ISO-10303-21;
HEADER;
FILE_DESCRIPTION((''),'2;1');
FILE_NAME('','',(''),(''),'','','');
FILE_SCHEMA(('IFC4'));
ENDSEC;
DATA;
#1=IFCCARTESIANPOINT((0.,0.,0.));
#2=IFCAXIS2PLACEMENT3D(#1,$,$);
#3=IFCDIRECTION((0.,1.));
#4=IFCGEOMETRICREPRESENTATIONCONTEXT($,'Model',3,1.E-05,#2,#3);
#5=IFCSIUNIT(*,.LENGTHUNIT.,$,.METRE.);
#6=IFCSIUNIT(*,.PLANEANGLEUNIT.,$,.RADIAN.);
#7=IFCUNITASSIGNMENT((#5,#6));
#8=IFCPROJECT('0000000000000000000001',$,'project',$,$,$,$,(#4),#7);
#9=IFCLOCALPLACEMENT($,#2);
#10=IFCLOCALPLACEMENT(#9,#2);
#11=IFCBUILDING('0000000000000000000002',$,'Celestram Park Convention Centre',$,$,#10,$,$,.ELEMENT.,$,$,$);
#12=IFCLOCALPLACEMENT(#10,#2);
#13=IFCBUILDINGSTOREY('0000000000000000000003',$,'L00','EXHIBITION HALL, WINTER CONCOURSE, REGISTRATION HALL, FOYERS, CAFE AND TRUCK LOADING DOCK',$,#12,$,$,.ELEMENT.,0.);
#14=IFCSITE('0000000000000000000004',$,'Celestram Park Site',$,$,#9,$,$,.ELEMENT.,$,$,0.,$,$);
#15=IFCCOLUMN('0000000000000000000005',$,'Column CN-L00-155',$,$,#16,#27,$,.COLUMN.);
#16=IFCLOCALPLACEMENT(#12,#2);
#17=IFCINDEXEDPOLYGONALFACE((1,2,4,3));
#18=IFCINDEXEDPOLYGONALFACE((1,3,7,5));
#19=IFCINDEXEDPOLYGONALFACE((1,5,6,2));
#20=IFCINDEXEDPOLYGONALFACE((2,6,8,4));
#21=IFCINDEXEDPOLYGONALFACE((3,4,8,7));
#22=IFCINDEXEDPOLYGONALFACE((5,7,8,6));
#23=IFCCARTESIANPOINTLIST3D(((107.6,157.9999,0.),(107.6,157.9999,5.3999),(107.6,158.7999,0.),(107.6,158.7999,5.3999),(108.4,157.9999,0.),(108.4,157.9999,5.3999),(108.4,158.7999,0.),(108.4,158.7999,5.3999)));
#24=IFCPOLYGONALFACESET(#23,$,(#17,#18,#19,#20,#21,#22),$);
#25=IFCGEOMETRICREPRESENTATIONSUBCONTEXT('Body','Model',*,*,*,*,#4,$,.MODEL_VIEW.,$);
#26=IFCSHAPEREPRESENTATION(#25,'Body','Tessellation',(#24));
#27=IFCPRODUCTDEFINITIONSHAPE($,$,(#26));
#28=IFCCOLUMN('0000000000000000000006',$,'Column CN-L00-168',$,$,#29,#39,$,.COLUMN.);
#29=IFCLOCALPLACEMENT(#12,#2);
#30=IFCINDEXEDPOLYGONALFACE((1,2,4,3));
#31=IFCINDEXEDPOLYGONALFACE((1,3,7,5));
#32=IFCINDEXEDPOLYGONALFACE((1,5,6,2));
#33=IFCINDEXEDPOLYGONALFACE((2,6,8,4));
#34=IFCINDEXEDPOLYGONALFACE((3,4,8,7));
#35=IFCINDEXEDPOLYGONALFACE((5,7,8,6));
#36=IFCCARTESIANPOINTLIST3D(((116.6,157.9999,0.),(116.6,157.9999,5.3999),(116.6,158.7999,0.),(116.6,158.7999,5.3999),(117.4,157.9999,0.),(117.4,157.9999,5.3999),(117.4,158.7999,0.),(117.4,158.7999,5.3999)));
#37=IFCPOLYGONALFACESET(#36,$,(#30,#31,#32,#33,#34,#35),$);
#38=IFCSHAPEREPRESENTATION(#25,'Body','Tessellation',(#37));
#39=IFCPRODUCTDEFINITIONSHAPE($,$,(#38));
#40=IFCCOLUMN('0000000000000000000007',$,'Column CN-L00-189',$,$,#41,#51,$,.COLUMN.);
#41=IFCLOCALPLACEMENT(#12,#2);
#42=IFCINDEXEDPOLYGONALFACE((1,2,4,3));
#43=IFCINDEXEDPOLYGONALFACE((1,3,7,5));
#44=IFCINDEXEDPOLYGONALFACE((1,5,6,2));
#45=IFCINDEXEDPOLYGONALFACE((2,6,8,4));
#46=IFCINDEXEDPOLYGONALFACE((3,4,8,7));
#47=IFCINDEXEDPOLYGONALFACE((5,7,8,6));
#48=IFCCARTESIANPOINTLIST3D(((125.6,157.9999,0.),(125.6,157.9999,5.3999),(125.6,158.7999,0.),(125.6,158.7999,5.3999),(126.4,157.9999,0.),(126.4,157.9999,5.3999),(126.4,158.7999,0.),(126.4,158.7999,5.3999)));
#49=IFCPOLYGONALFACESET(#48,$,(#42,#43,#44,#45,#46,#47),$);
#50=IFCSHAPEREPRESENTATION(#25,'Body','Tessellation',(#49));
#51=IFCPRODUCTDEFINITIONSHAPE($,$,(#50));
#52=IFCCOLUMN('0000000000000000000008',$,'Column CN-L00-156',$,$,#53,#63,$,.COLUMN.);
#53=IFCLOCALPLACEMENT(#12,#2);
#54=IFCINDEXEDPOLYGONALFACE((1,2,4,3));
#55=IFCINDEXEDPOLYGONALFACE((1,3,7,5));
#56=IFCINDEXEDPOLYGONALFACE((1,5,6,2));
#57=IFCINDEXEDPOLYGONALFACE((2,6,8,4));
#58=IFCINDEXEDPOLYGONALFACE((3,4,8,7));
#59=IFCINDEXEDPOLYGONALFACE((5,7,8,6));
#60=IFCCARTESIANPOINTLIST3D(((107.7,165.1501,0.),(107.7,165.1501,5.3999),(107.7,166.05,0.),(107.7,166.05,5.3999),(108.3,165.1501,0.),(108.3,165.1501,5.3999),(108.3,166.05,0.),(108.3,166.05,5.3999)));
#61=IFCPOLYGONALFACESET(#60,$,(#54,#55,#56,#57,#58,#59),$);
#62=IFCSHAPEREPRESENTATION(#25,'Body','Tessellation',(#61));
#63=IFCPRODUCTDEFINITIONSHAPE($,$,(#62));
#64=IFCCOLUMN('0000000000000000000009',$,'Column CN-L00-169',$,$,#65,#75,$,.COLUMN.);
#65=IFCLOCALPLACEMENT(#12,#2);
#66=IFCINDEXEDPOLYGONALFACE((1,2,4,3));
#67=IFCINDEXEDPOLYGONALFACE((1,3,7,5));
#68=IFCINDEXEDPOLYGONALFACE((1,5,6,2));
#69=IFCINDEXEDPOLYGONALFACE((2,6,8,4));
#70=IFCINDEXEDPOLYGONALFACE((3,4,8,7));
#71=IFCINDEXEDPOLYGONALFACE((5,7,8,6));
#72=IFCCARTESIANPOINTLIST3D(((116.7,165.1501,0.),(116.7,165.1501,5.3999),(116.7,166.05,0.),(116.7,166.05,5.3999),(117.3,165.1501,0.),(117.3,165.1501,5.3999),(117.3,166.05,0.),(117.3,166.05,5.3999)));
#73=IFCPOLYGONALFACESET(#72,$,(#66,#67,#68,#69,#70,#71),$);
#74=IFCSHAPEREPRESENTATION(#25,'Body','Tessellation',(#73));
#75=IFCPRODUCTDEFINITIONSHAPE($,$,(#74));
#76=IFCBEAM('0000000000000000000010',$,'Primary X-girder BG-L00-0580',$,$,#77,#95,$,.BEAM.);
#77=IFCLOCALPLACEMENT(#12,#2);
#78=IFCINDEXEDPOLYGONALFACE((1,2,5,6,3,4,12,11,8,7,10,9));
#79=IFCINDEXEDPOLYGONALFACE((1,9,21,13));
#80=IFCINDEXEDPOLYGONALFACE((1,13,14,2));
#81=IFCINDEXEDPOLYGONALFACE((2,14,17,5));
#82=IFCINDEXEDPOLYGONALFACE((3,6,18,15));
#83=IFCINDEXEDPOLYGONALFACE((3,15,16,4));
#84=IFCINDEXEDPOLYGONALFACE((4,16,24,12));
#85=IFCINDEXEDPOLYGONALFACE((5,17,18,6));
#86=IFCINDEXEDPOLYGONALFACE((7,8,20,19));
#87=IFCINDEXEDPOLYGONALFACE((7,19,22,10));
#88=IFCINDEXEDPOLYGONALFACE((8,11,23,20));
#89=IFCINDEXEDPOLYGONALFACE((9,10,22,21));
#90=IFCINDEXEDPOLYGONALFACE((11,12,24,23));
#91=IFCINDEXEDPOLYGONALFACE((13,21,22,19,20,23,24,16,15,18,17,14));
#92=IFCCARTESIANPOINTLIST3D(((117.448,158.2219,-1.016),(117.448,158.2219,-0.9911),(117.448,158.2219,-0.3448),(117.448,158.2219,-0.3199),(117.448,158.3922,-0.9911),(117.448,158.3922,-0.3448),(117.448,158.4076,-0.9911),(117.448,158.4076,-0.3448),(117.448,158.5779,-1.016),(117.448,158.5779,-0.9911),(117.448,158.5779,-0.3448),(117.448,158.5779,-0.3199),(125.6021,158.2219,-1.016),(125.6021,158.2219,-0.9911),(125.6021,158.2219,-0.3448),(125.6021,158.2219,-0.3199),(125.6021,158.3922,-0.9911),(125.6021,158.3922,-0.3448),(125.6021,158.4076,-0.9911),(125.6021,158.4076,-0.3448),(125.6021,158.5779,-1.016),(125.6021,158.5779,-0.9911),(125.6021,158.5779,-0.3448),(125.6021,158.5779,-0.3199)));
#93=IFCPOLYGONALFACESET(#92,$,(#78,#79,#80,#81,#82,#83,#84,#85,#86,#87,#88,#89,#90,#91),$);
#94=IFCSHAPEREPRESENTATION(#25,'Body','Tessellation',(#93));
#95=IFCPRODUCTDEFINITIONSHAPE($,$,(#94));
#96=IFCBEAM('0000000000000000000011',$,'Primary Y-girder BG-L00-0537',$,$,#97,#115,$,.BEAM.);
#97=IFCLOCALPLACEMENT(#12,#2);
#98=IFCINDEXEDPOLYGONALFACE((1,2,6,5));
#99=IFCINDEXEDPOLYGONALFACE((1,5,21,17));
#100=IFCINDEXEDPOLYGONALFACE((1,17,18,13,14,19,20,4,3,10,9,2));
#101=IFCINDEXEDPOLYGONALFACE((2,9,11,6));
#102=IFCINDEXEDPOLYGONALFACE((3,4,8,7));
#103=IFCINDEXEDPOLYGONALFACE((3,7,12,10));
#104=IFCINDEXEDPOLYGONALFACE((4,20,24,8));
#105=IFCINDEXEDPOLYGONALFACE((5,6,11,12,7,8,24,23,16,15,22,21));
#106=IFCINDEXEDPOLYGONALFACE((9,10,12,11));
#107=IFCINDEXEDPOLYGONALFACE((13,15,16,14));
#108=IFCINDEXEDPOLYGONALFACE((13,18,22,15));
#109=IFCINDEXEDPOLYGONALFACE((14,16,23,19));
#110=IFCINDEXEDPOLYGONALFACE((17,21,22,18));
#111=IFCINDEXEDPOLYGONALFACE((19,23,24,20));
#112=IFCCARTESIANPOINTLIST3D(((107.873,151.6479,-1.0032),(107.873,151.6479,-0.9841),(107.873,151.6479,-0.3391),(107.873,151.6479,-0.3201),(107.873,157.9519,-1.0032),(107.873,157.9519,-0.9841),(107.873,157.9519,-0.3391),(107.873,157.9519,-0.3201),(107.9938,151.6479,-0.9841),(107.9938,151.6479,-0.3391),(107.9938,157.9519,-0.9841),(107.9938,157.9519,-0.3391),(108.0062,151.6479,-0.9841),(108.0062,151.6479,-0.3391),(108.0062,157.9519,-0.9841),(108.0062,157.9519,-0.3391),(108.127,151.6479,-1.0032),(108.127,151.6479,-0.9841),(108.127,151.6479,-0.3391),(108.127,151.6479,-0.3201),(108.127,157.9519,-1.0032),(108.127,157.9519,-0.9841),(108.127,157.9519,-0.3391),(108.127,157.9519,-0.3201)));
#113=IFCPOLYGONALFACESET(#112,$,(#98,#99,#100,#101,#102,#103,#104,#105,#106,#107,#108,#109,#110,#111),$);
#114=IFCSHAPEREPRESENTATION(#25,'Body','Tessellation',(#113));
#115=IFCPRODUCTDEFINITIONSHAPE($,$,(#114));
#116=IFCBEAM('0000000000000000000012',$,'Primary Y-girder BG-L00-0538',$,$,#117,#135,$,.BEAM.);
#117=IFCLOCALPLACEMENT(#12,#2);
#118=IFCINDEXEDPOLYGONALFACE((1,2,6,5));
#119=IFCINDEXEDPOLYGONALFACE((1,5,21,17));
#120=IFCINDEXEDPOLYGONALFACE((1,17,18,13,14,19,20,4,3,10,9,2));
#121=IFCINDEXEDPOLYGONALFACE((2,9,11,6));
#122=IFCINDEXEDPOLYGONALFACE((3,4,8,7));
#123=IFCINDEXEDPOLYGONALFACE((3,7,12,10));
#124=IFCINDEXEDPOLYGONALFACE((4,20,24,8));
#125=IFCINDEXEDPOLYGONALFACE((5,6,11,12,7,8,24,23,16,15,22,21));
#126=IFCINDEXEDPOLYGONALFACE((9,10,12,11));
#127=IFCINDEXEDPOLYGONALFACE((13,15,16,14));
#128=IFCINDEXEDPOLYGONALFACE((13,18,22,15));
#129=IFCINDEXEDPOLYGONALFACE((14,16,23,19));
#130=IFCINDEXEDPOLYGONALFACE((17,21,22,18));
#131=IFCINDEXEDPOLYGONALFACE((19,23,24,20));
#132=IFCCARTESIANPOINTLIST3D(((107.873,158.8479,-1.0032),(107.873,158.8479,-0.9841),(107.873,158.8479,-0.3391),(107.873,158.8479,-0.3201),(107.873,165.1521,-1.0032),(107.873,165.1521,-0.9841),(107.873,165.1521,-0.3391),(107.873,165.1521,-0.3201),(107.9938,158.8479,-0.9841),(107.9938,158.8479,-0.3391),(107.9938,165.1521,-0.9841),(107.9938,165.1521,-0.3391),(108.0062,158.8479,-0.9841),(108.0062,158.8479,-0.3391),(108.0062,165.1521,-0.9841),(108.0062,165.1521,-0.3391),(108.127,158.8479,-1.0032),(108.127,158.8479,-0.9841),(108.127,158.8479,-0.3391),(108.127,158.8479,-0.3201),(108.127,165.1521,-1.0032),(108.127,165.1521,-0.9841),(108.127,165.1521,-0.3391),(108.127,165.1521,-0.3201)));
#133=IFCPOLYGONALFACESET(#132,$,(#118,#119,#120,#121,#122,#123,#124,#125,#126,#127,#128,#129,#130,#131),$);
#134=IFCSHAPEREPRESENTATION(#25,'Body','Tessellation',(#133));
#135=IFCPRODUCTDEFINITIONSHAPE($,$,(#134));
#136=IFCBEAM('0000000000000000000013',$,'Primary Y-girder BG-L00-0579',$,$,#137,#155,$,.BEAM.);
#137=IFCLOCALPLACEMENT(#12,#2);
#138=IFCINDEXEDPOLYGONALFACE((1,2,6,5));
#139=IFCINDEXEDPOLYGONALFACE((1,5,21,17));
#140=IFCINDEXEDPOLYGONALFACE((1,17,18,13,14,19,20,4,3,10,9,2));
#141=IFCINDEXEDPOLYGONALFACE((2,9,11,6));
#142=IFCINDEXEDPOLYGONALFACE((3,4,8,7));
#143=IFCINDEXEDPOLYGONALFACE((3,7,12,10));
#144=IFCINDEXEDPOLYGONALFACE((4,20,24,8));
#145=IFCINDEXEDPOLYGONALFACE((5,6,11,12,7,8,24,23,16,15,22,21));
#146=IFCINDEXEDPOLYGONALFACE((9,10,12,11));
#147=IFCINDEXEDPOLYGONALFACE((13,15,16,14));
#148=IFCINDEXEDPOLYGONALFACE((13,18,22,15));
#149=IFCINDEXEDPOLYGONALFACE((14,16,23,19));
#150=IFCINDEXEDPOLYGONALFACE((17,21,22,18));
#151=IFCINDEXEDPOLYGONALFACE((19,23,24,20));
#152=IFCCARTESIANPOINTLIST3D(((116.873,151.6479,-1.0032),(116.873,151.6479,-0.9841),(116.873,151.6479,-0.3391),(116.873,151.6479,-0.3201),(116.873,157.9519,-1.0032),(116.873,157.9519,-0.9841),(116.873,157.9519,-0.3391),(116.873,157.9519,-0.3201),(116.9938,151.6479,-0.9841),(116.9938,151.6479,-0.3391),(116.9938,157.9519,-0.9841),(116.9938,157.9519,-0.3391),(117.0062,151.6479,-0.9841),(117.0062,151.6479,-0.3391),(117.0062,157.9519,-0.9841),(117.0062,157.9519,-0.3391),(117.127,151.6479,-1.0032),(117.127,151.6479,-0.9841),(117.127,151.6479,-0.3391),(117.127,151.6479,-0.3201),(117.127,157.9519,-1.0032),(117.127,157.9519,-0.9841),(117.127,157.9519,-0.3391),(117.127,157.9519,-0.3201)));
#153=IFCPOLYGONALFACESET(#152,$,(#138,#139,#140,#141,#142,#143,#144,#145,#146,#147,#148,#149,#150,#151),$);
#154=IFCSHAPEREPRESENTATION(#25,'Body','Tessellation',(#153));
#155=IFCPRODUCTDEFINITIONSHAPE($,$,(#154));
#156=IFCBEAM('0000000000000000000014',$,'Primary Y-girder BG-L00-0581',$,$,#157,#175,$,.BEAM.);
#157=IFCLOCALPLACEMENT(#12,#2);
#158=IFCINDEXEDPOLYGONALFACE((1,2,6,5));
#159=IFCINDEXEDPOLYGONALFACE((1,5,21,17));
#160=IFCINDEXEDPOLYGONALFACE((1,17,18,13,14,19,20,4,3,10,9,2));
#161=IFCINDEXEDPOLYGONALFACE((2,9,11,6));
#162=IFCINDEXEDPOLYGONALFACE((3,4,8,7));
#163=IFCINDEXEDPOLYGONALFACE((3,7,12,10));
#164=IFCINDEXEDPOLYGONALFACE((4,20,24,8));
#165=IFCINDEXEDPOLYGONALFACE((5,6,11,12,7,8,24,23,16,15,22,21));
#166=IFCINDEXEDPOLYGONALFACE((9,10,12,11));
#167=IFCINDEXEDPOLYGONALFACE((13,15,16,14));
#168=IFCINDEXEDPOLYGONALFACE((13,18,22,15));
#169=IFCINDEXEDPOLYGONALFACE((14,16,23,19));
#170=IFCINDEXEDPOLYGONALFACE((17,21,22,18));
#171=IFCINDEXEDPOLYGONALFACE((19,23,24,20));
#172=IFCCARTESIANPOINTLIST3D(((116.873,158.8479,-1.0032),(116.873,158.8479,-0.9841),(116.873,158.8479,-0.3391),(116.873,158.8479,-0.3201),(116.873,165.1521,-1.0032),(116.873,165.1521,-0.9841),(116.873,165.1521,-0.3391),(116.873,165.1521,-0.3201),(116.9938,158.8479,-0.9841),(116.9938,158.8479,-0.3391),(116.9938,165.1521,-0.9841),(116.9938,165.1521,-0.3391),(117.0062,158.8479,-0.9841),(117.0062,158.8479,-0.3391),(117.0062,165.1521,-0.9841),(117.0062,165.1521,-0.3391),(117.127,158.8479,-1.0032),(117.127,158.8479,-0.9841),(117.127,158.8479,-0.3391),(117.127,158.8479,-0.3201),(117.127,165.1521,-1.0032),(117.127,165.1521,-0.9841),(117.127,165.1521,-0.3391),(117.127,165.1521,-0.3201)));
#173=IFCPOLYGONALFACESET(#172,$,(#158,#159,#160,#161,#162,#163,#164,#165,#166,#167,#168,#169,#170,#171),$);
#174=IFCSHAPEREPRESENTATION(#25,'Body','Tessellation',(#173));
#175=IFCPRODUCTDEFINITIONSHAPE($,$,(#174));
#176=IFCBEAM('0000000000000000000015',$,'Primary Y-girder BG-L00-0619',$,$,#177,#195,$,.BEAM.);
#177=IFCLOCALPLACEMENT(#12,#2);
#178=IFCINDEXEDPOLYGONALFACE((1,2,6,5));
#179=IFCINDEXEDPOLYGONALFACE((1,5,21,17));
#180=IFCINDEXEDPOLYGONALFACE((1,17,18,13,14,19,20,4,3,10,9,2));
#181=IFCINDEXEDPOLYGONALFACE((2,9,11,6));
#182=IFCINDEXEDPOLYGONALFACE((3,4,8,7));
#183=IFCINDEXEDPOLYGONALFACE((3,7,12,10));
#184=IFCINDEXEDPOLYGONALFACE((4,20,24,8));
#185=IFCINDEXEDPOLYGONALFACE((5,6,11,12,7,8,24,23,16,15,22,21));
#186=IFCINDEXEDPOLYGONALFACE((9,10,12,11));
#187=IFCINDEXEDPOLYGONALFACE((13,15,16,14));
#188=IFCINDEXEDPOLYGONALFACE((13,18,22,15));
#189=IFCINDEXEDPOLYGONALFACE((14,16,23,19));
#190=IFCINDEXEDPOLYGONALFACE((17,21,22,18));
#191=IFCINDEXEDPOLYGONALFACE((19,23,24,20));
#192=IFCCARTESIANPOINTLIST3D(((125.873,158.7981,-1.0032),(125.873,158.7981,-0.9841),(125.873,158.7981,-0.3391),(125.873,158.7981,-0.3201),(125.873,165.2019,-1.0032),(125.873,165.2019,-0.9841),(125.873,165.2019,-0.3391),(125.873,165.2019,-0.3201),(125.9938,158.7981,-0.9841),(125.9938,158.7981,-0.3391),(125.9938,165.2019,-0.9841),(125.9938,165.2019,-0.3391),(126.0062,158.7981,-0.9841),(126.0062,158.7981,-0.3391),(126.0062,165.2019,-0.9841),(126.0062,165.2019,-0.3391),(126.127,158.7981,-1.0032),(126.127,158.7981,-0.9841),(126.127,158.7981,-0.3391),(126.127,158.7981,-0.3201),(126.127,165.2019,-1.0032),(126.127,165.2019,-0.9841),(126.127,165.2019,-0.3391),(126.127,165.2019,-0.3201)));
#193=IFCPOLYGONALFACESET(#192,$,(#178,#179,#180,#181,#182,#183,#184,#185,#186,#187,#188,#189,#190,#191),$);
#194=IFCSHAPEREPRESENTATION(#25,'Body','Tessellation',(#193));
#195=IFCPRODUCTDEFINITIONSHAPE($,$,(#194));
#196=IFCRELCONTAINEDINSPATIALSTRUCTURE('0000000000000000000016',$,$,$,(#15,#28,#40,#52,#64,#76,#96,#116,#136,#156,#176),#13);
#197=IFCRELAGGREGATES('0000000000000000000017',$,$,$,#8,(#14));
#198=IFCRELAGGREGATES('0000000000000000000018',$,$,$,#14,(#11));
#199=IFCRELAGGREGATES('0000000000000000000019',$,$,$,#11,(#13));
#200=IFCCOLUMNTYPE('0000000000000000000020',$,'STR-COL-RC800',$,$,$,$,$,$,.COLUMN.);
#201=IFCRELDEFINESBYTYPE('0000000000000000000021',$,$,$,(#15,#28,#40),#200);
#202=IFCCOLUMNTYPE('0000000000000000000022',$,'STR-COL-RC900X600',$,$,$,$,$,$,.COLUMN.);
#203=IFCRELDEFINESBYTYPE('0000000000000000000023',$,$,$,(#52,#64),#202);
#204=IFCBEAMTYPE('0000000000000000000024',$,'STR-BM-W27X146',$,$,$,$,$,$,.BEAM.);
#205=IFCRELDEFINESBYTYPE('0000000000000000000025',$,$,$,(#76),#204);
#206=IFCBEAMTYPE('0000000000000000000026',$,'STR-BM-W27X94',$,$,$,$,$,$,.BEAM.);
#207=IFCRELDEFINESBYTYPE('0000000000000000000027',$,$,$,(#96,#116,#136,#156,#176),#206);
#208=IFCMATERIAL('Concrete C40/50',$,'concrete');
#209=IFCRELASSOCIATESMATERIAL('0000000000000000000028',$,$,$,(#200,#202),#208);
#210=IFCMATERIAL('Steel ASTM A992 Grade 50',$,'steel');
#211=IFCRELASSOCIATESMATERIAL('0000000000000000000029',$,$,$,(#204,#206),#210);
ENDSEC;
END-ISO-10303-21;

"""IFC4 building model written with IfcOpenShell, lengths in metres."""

from ifc_helpers import new_model, si_unit, direction, frame, origin, origin_2d, place, context, subcontext, project, spatial, rectangle, i_section, extrude, material, material_profile, profile_set, type_object, element, save


model = new_model("IFC4")

# Units and contexts
model_context = context("Model", 3, precision=1e-05, world=origin(), true_north=direction((0.0, 1.0)))
body_context = subcontext(model_context, "Body", "Model", "MODEL_VIEW")
ifc_project = project(units=[si_unit("LENGTHUNIT", "METRE"), si_unit("PLANEANGLEUNIT", "RADIAN")], contexts=[model_context])

# Site, building, storey
site_placement = place(None, origin())
site = spatial("IfcSite", under=ifc_project, at=site_placement, Name="Celestram Park Site", CompositionType="ELEMENT", RefElevation=0.0)
building_placement = place(site_placement, origin())
building = spatial("IfcBuilding", under=site, at=building_placement, Name="Celestram Park Convention Centre", CompositionType="ELEMENT")
storey_placement = place(building_placement, origin())
storey = spatial("IfcBuildingStorey", under=building, at=storey_placement, Name="L00", Description="EXHIBITION HALL, WINTER CONCOURSE, REGISTRATION HALL, FOYERS, CAFE AND TRUCK LOADING DOCK", CompositionType="ELEMENT", Elevation=0.0)

# Columns
ifc_material_1 = material(Name="Concrete C40/50", Category="concrete")
ifc_material_profile_1 = material_profile(ifc_material_1, rectangle(XDim=0.8, YDim=0.8, at=origin_2d()), Name="RC800X800")
ifc_profile_set_1 = profile_set([ifc_material_profile_1], Name="Concrete C40/50")
column_type_1 = type_object("IfcColumnType", Name="STR-COL-RC800", PredefinedType="COLUMN", material=ifc_profile_set_1)
for number, where, z_axis, x_axis, name in (
    (1, (108.0, 158.3999, 0.0), (0.0, 0.0, 1.0), (1.0, 0.0, 0.0), "Column CN-L00-155"),
    (2, (117.0, 158.3999, 0.0), (0.0, 0.0, 1.0), (1.0, 0.0, 0.0), "Column CN-L00-168"),
    (3, (126.0, 158.3999, 0.0), (0.0, 0.0, 1.0), (1.0, 0.0, 0.0), "Column CN-L00-189"),
):
    element("IfcColumn", number, at=place(storey_placement, frame(where, z_axis=z_axis, x_axis=x_axis)), inside=storey, type_object=column_type_1, Name=name, PredefinedType="COLUMN", context=body_context, shape_type="SweptSolid", body=[
        extrude(rectangle(XDim=0.8, YDim=0.8, at=origin_2d()), origin(), (0.0, 0.0, 1.0), 5.3999),
    ])
ifc_material_profile_2 = material_profile(ifc_material_1, rectangle(XDim=0.6001, YDim=0.8999, at=origin_2d()), Name="RC900X600")
ifc_profile_set_2 = profile_set([ifc_material_profile_2], Name="Concrete C40/50")
column_type_2 = type_object("IfcColumnType", Name="STR-COL-RC900X600", PredefinedType="COLUMN", material=ifc_profile_set_2)
for number, where, z_axis, x_axis, name in (
    (4, (108.0, 165.6001, 0.0), (0.0, 0.0, 1.0), (1.0, 0.0, 0.0), "Column CN-L00-156"),
    (5, (117.0, 165.6001, 0.0), (0.0, 0.0, 1.0), (1.0, 0.0, 0.0), "Column CN-L00-169"),
):
    element("IfcColumn", number, at=place(storey_placement, frame(where, z_axis=z_axis, x_axis=x_axis)), inside=storey, type_object=column_type_2, Name=name, PredefinedType="COLUMN", context=body_context, shape_type="SweptSolid", body=[
        extrude(rectangle(XDim=0.6001, YDim=0.8999, at=origin_2d()), origin(), (0.0, 0.0, 1.0), 5.3999),
    ])

# Beams
ifc_material_2 = material(Name="Steel ASTM A992 Grade 50", Category="steel")
ifc_material_profile_3 = material_profile(ifc_material_2, i_section(OverallWidth=0.356, OverallDepth=0.696, WebThickness=0.0154, FlangeThickness=0.0249, at=origin_2d()), Name="W27X146")
ifc_profile_set_3 = profile_set([ifc_material_profile_3], Name="Steel ASTM A992 Grade 50")
beam_type_1 = type_object("IfcBeamType", Name="STR-BM-W27X146", PredefinedType="BEAM", material=ifc_profile_set_3)
beam_1_placement = place(storey_placement, frame((117.448, 158.3999, -0.668), z_axis=(1.0, 0.0, 0.0), x_axis=(0.0, 1.0, 0.0)))
element("IfcBeam", 6, at=beam_1_placement, inside=storey, type_object=beam_type_1, Name="Primary X-girder BG-L00-0580", PredefinedType="BEAM", context=body_context, shape_type="SweptSolid", body=[
    extrude(i_section(OverallWidth=0.356, OverallDepth=0.696, WebThickness=0.0154, FlangeThickness=0.0249, at=origin_2d()), origin(), (0.0, 0.0, 1.0), 8.1541),
])
ifc_material_profile_4 = material_profile(ifc_material_2, i_section(OverallWidth=0.2539, OverallDepth=0.6831, WebThickness=0.0125, FlangeThickness=0.019, at=origin_2d()), Name="W27X94")
ifc_profile_set_4 = profile_set([ifc_material_profile_4], Name="Steel ASTM A992 Grade 50")
beam_type_2 = type_object("IfcBeamType", Name="STR-BM-W27X94", PredefinedType="BEAM", material=ifc_profile_set_4)
beam_2_placement = place(storey_placement, frame((108.0, 151.6479, -0.6616), z_axis=(0.0, 1.0, 0.0), x_axis=(-1.0, 0.0, 0.0)))
element("IfcBeam", 7, at=beam_2_placement, inside=storey, type_object=beam_type_2, Name="Primary Y-girder BG-L00-0537", PredefinedType="BEAM", context=body_context, shape_type="SweptSolid", body=[
    extrude(i_section(OverallWidth=0.2539, OverallDepth=0.6831, WebThickness=0.0125, FlangeThickness=0.019, at=origin_2d()), origin(), (0.0, 0.0, 1.0), 6.304),
])
beam_3_placement = place(storey_placement, frame((108.0, 158.8479, -0.6616), z_axis=(0.0, 1.0, 0.0), x_axis=(-1.0, 0.0, 0.0)))
element("IfcBeam", 8, at=beam_3_placement, inside=storey, type_object=beam_type_2, Name="Primary Y-girder BG-L00-0538", PredefinedType="BEAM", context=body_context, shape_type="SweptSolid", body=[
    extrude(i_section(OverallWidth=0.2539, OverallDepth=0.6831, WebThickness=0.0125, FlangeThickness=0.019, at=origin_2d()), origin(), (0.0, 0.0, 1.0), 6.3042),
])
beam_4_placement = place(storey_placement, frame((117.0, 151.6479, -0.6616), z_axis=(0.0, 1.0, 0.0), x_axis=(-1.0, 0.0, 0.0)))
element("IfcBeam", 9, at=beam_4_placement, inside=storey, type_object=beam_type_2, Name="Primary Y-girder BG-L00-0579", PredefinedType="BEAM", context=body_context, shape_type="SweptSolid", body=[
    extrude(i_section(OverallWidth=0.2539, OverallDepth=0.6831, WebThickness=0.0125, FlangeThickness=0.019, at=origin_2d()), origin(), (0.0, 0.0, 1.0), 6.304),
])
beam_5_placement = place(storey_placement, frame((117.0, 158.8479, -0.6616), z_axis=(0.0, 1.0, 0.0), x_axis=(-1.0, 0.0, 0.0)))
element("IfcBeam", 10, at=beam_5_placement, inside=storey, type_object=beam_type_2, Name="Primary Y-girder BG-L00-0581", PredefinedType="BEAM", context=body_context, shape_type="SweptSolid", body=[
    extrude(i_section(OverallWidth=0.2539, OverallDepth=0.6831, WebThickness=0.0125, FlangeThickness=0.019, at=origin_2d()), origin(), (0.0, 0.0, 1.0), 6.3042),
])
beam_6_placement = place(storey_placement, frame((126.0, 158.7981, -0.6616), z_axis=(0.0, 1.0, 0.0), x_axis=(-1.0, 0.0, 0.0)))
element("IfcBeam", 11, at=beam_6_placement, inside=storey, type_object=beam_type_2, Name="Primary Y-girder BG-L00-0619", PredefinedType="BEAM", context=body_context, shape_type="SweptSolid", body=[
    extrude(i_section(OverallWidth=0.2539, OverallDepth=0.6831, WebThickness=0.0125, FlangeThickness=0.019, at=origin_2d()), origin(), (0.0, 0.0, 1.0), 6.4038),
])

save(model, "model.ifc")
